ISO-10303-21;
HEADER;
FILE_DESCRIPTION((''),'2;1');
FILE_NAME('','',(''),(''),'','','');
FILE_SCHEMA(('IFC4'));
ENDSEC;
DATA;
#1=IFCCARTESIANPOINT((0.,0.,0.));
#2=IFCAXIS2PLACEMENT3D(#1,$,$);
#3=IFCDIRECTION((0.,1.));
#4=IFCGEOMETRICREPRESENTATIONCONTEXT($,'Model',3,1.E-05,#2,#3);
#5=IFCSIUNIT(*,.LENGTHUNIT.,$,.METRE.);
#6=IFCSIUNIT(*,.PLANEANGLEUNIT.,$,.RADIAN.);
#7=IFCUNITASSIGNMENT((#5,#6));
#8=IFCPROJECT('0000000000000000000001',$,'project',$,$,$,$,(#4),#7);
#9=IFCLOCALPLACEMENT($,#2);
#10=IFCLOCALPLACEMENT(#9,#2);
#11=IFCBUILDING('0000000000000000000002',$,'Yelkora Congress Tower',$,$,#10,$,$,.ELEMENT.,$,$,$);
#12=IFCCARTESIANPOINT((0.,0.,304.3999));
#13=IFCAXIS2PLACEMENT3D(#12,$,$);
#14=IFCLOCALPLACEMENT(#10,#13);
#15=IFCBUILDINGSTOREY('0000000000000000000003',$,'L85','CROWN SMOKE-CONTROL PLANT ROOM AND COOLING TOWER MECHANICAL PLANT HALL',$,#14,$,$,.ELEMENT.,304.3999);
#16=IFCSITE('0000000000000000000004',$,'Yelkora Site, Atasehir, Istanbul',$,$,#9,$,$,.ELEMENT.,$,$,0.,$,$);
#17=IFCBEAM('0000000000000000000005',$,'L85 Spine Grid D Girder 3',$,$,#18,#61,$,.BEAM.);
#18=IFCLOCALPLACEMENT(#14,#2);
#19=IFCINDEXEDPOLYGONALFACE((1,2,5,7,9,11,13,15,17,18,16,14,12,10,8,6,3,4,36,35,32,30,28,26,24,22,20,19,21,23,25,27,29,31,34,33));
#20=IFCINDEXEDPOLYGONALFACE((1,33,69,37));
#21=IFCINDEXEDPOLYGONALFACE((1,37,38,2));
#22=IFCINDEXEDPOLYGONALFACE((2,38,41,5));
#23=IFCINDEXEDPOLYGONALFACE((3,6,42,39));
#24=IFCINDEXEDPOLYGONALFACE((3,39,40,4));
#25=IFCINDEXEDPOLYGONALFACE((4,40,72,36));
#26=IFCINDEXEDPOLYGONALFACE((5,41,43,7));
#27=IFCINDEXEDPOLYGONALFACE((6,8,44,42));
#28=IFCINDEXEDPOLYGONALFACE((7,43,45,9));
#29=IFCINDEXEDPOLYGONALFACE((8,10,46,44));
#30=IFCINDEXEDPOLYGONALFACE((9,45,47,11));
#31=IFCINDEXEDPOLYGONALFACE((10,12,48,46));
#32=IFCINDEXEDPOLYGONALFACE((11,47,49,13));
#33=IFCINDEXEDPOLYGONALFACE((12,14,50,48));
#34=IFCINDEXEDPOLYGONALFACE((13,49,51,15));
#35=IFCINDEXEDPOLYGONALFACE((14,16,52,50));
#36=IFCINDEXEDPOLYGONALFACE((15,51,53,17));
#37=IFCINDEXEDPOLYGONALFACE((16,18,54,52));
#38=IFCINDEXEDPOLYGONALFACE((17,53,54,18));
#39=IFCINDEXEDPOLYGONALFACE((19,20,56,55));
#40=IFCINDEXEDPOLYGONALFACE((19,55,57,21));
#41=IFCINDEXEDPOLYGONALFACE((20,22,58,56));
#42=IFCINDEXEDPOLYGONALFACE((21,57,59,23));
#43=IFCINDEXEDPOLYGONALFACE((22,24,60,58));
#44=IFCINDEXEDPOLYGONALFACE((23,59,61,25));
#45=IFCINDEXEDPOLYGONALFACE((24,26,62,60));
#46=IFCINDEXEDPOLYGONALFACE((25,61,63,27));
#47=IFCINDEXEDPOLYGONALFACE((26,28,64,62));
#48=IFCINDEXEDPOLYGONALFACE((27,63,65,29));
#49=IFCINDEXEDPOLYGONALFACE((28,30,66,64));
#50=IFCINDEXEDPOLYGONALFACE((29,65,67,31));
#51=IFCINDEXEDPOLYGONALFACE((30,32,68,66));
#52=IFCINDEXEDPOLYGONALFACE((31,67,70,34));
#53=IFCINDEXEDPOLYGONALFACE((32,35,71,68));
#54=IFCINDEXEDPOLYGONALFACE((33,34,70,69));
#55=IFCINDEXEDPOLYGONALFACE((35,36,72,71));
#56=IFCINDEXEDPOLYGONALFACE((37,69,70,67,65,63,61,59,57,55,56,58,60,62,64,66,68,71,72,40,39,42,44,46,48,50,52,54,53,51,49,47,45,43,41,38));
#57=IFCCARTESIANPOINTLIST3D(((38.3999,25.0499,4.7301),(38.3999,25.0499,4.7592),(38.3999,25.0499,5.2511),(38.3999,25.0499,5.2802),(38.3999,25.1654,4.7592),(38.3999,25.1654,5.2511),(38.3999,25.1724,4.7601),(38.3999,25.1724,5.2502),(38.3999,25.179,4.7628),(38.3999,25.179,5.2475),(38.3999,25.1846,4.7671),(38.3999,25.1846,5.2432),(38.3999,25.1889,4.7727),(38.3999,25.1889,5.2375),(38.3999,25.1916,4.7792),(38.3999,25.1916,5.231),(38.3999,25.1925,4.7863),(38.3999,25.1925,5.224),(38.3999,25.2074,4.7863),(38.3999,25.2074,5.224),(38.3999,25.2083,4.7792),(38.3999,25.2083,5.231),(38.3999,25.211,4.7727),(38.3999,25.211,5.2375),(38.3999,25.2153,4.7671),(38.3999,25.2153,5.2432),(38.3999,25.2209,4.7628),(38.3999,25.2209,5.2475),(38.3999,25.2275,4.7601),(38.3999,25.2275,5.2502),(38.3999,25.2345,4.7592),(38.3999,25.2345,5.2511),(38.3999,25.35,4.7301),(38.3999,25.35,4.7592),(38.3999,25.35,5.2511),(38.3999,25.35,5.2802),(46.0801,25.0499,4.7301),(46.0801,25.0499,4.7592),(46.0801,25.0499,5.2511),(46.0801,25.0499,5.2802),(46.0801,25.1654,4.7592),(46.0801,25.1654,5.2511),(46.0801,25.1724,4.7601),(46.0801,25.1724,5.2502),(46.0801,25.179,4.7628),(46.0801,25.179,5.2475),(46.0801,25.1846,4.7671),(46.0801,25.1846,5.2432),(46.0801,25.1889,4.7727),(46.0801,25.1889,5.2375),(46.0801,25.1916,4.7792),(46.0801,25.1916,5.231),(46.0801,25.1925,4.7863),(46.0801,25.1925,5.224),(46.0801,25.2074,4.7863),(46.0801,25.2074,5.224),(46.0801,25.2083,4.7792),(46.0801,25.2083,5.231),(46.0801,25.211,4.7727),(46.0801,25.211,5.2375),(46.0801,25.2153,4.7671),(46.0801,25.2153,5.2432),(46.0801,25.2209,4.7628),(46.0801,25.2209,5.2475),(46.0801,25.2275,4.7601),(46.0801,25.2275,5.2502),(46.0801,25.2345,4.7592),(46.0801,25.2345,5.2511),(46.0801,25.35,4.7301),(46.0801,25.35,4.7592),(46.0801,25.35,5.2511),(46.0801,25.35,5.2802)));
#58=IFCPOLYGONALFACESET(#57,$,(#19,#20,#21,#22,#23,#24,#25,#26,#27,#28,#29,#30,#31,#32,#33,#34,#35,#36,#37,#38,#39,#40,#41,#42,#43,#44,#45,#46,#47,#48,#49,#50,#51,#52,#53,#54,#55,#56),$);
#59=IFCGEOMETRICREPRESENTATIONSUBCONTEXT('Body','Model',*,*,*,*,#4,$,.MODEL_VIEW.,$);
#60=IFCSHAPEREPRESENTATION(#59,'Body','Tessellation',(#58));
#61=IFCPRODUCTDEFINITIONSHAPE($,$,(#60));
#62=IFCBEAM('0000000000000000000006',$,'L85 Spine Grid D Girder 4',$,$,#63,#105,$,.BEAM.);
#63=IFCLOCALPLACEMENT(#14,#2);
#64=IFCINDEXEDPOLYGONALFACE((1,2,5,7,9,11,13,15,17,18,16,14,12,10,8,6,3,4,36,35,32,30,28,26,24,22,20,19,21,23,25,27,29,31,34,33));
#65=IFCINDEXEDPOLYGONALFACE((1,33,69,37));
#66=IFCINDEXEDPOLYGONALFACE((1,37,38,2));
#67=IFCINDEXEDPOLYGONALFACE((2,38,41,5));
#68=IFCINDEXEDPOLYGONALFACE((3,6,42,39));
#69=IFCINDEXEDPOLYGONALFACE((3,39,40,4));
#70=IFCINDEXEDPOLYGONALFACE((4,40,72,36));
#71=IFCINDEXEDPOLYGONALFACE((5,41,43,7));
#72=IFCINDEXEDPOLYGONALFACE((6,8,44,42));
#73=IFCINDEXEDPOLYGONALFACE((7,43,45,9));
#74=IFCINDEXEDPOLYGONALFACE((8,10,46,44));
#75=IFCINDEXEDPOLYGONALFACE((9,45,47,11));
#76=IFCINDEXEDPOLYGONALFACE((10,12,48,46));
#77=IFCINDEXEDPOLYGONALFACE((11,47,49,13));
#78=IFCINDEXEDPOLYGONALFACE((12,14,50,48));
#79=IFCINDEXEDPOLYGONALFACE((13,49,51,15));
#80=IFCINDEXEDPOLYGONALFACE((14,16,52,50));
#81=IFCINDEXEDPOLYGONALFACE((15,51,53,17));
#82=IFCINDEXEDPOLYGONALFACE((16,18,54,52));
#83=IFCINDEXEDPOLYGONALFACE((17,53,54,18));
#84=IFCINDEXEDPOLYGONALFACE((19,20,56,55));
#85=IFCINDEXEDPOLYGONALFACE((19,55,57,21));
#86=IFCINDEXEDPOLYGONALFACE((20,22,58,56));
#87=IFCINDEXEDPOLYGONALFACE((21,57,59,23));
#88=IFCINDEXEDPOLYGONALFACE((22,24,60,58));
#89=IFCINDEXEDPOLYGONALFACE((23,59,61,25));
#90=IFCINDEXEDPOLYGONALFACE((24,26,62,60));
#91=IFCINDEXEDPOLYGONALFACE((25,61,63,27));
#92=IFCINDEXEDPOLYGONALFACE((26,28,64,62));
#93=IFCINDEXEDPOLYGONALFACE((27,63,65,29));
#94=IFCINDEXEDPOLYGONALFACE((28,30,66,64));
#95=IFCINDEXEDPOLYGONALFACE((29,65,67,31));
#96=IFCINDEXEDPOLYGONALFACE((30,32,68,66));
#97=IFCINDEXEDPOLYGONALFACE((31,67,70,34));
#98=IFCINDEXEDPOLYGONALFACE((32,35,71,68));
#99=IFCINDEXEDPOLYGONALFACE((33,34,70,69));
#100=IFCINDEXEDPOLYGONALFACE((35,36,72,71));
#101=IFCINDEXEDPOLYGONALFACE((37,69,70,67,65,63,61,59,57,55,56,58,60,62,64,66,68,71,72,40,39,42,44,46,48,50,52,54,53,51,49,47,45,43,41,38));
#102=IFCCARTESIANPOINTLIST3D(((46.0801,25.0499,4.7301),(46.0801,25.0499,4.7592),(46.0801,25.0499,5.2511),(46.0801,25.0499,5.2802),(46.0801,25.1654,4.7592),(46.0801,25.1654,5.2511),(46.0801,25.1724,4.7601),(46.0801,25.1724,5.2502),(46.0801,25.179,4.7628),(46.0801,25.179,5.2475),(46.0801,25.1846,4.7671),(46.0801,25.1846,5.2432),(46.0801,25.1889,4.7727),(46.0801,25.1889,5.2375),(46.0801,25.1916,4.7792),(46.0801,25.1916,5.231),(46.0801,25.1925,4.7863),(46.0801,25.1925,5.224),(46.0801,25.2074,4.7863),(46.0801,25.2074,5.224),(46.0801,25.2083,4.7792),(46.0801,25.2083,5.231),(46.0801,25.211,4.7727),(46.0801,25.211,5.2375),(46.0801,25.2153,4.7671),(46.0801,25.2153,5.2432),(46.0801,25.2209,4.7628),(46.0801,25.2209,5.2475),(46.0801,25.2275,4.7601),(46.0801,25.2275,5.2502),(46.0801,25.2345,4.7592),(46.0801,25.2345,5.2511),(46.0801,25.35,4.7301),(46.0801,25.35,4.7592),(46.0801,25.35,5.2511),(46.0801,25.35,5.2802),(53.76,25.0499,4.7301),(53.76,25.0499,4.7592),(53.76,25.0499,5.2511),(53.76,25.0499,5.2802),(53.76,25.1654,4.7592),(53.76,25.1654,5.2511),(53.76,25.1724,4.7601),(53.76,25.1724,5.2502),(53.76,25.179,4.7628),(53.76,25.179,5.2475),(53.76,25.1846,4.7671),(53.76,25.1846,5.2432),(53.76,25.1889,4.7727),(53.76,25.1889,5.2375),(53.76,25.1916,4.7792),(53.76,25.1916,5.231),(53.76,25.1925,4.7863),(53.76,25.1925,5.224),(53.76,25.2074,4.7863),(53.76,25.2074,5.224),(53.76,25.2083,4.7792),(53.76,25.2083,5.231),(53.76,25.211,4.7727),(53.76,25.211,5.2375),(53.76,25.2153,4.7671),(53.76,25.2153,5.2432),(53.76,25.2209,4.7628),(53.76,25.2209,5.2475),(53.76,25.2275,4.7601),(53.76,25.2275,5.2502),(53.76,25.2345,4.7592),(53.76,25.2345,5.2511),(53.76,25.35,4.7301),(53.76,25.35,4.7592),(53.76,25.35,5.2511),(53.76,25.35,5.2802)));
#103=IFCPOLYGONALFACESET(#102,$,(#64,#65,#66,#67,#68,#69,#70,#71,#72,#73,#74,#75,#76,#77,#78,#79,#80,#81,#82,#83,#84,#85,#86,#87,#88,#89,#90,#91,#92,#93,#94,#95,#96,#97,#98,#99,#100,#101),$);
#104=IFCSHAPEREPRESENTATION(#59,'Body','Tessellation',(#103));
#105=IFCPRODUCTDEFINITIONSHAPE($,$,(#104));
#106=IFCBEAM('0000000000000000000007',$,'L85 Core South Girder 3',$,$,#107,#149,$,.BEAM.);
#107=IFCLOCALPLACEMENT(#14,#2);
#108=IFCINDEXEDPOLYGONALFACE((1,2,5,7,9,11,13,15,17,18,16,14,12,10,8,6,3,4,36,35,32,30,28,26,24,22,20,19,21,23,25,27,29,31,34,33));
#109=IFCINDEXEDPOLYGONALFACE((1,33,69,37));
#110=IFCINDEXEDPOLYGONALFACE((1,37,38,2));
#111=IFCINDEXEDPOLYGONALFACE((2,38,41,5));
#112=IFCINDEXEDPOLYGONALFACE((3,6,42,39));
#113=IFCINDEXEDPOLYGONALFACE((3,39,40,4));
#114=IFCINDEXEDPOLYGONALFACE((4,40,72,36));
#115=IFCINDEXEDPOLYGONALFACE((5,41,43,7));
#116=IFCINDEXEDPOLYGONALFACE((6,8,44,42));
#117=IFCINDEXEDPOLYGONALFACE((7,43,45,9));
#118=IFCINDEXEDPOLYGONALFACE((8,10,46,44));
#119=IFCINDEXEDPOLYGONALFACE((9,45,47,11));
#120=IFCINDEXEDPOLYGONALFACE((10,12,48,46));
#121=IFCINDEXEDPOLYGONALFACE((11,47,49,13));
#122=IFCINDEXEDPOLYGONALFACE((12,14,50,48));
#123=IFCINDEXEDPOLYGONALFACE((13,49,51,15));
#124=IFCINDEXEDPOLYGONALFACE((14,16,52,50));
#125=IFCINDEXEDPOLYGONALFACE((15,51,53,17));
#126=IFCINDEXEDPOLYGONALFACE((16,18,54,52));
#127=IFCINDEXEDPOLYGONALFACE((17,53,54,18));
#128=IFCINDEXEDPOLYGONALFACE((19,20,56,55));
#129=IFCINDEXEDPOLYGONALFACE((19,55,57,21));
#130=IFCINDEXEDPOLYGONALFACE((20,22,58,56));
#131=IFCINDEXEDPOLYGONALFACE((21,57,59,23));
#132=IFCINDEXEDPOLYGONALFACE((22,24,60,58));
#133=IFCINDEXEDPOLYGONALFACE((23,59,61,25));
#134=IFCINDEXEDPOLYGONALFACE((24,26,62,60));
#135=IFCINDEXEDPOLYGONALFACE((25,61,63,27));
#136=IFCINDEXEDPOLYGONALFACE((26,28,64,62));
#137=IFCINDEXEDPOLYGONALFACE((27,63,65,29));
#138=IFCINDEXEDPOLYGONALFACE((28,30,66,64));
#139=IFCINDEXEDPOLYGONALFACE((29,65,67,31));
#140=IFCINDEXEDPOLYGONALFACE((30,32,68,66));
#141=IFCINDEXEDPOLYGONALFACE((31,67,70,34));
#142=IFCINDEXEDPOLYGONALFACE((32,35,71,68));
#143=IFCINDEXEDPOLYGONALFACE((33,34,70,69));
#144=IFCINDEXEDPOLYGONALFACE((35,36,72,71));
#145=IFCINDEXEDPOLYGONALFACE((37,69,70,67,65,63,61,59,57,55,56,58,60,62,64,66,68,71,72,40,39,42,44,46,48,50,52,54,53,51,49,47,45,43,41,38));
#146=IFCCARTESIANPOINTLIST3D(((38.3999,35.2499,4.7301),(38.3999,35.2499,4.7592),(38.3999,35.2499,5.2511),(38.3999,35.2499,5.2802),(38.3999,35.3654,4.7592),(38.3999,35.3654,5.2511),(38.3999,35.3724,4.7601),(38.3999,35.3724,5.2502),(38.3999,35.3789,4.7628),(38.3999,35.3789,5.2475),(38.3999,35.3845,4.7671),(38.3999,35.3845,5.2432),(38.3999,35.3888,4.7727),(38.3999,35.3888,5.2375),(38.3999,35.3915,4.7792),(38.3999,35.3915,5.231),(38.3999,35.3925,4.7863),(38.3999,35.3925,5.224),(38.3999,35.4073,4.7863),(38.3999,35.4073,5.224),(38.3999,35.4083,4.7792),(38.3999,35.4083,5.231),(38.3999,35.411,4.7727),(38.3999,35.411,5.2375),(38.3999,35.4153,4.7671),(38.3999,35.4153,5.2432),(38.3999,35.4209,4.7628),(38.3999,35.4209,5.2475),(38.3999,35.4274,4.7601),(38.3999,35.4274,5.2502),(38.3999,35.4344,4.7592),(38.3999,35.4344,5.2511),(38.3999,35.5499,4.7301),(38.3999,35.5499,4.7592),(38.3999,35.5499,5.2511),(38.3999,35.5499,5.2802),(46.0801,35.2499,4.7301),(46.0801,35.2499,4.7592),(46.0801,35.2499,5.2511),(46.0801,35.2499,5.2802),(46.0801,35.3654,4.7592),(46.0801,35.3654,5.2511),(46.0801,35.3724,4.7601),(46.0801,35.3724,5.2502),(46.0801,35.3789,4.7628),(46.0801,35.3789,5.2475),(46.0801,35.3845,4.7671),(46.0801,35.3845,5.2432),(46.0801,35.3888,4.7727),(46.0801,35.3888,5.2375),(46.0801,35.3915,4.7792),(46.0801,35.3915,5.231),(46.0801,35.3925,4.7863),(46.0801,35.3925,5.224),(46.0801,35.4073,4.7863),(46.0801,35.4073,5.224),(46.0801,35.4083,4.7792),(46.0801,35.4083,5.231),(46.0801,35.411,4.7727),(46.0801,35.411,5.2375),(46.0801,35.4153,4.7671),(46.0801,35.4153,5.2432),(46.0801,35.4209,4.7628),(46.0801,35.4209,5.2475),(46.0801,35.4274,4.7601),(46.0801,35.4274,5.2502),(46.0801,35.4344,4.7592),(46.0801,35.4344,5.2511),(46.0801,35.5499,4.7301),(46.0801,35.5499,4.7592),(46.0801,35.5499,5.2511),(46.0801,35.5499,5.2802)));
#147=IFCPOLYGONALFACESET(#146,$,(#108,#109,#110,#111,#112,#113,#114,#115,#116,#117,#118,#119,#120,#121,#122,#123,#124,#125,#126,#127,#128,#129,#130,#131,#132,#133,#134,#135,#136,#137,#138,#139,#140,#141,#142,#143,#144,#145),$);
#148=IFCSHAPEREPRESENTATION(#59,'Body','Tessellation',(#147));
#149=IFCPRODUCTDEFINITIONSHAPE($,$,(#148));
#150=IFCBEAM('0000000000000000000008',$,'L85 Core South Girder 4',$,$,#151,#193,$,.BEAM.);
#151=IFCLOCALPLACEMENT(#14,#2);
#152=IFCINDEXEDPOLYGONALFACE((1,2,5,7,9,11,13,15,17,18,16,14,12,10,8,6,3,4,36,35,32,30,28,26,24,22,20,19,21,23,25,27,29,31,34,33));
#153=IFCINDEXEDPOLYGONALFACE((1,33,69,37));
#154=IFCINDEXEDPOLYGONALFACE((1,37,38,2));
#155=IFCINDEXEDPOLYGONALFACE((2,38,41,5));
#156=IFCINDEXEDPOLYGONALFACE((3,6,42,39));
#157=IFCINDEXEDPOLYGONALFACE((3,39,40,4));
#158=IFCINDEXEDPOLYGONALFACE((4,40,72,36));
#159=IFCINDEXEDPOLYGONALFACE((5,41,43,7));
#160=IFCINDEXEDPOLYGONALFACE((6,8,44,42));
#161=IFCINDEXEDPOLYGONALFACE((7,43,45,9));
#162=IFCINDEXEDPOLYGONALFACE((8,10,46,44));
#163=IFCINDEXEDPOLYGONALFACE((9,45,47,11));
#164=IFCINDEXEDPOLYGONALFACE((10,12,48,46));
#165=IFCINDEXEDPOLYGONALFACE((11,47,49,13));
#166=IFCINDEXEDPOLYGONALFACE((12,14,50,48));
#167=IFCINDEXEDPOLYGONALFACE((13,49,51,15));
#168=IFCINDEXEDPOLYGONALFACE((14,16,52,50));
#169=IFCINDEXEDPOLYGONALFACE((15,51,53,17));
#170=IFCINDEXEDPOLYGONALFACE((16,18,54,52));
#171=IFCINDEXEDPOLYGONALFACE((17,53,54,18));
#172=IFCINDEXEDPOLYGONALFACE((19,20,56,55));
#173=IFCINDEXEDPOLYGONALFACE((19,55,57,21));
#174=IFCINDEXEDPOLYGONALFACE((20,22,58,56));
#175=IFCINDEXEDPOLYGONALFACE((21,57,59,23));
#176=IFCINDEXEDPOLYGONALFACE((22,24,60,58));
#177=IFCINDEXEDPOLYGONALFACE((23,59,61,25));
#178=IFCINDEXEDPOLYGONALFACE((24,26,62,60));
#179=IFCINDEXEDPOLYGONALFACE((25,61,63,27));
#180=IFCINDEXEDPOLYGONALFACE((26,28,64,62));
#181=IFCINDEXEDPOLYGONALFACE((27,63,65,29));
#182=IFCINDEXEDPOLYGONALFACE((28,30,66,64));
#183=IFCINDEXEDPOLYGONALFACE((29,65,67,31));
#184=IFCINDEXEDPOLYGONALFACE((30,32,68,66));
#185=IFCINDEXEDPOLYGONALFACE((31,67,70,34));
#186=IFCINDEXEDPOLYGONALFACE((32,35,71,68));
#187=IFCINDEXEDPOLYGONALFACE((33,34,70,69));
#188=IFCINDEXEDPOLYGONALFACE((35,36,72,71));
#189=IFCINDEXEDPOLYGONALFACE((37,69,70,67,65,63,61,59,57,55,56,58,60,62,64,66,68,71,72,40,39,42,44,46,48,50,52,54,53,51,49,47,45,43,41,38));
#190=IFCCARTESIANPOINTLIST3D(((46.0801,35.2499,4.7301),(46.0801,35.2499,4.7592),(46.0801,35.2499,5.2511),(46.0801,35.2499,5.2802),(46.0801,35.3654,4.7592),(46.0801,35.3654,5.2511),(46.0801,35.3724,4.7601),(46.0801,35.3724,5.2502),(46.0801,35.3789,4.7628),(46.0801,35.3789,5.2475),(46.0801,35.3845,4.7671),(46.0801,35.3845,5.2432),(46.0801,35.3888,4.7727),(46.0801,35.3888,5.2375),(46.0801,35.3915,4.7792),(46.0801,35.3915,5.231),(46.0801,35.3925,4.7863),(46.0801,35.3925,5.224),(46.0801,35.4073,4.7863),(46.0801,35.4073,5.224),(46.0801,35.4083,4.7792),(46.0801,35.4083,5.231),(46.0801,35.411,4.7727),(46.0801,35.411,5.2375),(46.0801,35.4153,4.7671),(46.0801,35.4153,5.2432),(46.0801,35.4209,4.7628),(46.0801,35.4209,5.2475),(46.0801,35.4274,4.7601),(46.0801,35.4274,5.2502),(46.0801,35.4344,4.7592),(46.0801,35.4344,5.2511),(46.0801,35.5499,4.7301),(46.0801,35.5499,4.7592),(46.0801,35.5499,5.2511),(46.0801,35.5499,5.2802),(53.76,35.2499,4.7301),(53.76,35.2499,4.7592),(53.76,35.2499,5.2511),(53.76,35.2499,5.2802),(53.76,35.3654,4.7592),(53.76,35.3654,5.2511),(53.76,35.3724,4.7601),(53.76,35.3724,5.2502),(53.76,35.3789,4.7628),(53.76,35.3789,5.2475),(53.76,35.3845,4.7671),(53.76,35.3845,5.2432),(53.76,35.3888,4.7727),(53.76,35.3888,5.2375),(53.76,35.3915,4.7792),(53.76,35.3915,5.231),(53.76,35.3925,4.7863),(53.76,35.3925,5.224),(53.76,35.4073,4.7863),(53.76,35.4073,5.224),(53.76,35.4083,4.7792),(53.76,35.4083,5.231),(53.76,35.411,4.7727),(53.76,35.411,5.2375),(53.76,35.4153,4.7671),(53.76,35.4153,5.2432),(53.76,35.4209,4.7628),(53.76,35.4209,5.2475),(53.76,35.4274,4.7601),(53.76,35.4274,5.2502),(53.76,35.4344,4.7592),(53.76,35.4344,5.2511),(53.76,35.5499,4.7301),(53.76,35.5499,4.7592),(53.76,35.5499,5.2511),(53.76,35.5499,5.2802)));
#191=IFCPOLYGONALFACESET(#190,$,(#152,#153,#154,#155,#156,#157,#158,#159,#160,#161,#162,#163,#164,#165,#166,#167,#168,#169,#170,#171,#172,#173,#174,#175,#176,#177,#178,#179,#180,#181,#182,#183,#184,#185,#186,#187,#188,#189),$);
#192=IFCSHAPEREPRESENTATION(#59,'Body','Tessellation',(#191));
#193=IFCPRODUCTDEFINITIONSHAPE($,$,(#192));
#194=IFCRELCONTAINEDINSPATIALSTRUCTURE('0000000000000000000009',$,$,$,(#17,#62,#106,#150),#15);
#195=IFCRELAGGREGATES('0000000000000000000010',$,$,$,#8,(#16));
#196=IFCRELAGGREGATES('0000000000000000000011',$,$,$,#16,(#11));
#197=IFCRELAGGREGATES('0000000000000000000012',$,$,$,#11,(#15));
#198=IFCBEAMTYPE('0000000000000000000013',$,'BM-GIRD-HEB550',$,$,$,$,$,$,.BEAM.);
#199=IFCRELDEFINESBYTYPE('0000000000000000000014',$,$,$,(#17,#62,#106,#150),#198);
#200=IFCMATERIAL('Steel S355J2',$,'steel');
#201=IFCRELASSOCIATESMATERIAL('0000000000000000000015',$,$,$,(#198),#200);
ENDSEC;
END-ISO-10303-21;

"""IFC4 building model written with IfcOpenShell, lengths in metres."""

from ifc_helpers import new_model, si_unit, direction, frame, origin, origin_2d, place, context, subcontext, project, spatial, i_section, extrude, material, material_profile, profile_set, type_object, element, save


model = new_model("IFC4")

# Units and contexts
model_context = context("Model", 3, precision=1e-05, world=origin(), true_north=direction((0.0, 1.0)))
body_context = subcontext(model_context, "Body", "Model", "MODEL_VIEW")
ifc_project = project(units=[si_unit("LENGTHUNIT", "METRE"), si_unit("PLANEANGLEUNIT", "RADIAN")], contexts=[model_context])

# Site, building, storey
site_placement = place(None, origin())
site = spatial("IfcSite", under=ifc_project, at=site_placement, Name="Yelkora Site, Atasehir, Istanbul", CompositionType="ELEMENT", RefElevation=0.0)
building_placement = place(site_placement, origin())
building = spatial("IfcBuilding", under=site, at=building_placement, Name="Yelkora Congress Tower", CompositionType="ELEMENT")
storey_placement = place(building_placement, frame((0.0, 0.0, 304.3999)))
storey = spatial("IfcBuildingStorey", under=building, at=storey_placement, Name="L85", Description="CROWN SMOKE-CONTROL PLANT ROOM AND COOLING TOWER MECHANICAL PLANT HALL", CompositionType="ELEMENT", Elevation=304.3999)

# Beams
ifc_material_1 = material(Name="Steel S355J2", Category="steel")
ifc_material_profile_1 = material_profile(ifc_material_1, i_section(OverallWidth=0.3, OverallDepth=0.55, WebThickness=0.0149, FlangeThickness=0.0291, FilletRadius=0.0271, at=origin_2d()), Name="HEB 550")
ifc_profile_set_1 = profile_set([ifc_material_profile_1], Name="Steel S355J2")
beam_type = type_object("IfcBeamType", Name="BM-GIRD-HEB550", PredefinedType="BEAM", material=ifc_profile_set_1)
beam_1_placement = place(storey_placement, frame((38.3999, 25.2, 5.0051), z_axis=(1.0, 0.0, 0.0), x_axis=(0.0, 1.0, 0.0)))
element("IfcBeam", 1, at=beam_1_placement, inside=storey, type_object=beam_type, Name="L85 Spine Grid D Girder 3", PredefinedType="BEAM", context=body_context, shape_type="SweptSolid", body=[
    extrude(i_section(OverallWidth=0.3, OverallDepth=0.55, WebThickness=0.0149, FlangeThickness=0.0291, FilletRadius=0.0271, at=origin_2d()), origin(), (0.0, 0.0, 1.0), 7.6802),
])
beam_2_placement = place(storey_placement, frame((46.0801, 25.2, 5.0051), z_axis=(1.0, 0.0, 0.0), x_axis=(0.0, 1.0, 0.0)))
element("IfcBeam", 2, at=beam_2_placement, inside=storey, type_object=beam_type, Name="L85 Spine Grid D Girder 4", PredefinedType="BEAM", context=body_context, shape_type="SweptSolid", body=[
    extrude(i_section(OverallWidth=0.3, OverallDepth=0.55, WebThickness=0.0149, FlangeThickness=0.0291, FilletRadius=0.0271, at=origin_2d()), origin(), (0.0, 0.0, 1.0), 7.6799),
])
beam_3_placement = place(storey_placement, frame((38.3999, 35.3999, 5.0051), z_axis=(1.0, 0.0, 0.0), x_axis=(0.0, 1.0, 0.0)))
element("IfcBeam", 3, at=beam_3_placement, inside=storey, type_object=beam_type, Name="L85 Core South Girder 3", PredefinedType="BEAM", context=body_context, shape_type="SweptSolid", body=[
    extrude(i_section(OverallWidth=0.3, OverallDepth=0.55, WebThickness=0.0149, FlangeThickness=0.0291, FilletRadius=0.0271, at=origin_2d()), origin(), (0.0, 0.0, 1.0), 7.6802),
])
beam_4_placement = place(storey_placement, frame((46.0801, 35.3999, 5.0051), z_axis=(1.0, 0.0, 0.0), x_axis=(0.0, 1.0, 0.0)))
element("IfcBeam", 4, at=beam_4_placement, inside=storey, type_object=beam_type, Name="L85 Core South Girder 4", PredefinedType="BEAM", context=body_context, shape_type="SweptSolid", body=[
    extrude(i_section(OverallWidth=0.3, OverallDepth=0.55, WebThickness=0.0149, FlangeThickness=0.0291, FilletRadius=0.0271, at=origin_2d()), origin(), (0.0, 0.0, 1.0), 7.6799),
])

save(model, "model.ifc")
